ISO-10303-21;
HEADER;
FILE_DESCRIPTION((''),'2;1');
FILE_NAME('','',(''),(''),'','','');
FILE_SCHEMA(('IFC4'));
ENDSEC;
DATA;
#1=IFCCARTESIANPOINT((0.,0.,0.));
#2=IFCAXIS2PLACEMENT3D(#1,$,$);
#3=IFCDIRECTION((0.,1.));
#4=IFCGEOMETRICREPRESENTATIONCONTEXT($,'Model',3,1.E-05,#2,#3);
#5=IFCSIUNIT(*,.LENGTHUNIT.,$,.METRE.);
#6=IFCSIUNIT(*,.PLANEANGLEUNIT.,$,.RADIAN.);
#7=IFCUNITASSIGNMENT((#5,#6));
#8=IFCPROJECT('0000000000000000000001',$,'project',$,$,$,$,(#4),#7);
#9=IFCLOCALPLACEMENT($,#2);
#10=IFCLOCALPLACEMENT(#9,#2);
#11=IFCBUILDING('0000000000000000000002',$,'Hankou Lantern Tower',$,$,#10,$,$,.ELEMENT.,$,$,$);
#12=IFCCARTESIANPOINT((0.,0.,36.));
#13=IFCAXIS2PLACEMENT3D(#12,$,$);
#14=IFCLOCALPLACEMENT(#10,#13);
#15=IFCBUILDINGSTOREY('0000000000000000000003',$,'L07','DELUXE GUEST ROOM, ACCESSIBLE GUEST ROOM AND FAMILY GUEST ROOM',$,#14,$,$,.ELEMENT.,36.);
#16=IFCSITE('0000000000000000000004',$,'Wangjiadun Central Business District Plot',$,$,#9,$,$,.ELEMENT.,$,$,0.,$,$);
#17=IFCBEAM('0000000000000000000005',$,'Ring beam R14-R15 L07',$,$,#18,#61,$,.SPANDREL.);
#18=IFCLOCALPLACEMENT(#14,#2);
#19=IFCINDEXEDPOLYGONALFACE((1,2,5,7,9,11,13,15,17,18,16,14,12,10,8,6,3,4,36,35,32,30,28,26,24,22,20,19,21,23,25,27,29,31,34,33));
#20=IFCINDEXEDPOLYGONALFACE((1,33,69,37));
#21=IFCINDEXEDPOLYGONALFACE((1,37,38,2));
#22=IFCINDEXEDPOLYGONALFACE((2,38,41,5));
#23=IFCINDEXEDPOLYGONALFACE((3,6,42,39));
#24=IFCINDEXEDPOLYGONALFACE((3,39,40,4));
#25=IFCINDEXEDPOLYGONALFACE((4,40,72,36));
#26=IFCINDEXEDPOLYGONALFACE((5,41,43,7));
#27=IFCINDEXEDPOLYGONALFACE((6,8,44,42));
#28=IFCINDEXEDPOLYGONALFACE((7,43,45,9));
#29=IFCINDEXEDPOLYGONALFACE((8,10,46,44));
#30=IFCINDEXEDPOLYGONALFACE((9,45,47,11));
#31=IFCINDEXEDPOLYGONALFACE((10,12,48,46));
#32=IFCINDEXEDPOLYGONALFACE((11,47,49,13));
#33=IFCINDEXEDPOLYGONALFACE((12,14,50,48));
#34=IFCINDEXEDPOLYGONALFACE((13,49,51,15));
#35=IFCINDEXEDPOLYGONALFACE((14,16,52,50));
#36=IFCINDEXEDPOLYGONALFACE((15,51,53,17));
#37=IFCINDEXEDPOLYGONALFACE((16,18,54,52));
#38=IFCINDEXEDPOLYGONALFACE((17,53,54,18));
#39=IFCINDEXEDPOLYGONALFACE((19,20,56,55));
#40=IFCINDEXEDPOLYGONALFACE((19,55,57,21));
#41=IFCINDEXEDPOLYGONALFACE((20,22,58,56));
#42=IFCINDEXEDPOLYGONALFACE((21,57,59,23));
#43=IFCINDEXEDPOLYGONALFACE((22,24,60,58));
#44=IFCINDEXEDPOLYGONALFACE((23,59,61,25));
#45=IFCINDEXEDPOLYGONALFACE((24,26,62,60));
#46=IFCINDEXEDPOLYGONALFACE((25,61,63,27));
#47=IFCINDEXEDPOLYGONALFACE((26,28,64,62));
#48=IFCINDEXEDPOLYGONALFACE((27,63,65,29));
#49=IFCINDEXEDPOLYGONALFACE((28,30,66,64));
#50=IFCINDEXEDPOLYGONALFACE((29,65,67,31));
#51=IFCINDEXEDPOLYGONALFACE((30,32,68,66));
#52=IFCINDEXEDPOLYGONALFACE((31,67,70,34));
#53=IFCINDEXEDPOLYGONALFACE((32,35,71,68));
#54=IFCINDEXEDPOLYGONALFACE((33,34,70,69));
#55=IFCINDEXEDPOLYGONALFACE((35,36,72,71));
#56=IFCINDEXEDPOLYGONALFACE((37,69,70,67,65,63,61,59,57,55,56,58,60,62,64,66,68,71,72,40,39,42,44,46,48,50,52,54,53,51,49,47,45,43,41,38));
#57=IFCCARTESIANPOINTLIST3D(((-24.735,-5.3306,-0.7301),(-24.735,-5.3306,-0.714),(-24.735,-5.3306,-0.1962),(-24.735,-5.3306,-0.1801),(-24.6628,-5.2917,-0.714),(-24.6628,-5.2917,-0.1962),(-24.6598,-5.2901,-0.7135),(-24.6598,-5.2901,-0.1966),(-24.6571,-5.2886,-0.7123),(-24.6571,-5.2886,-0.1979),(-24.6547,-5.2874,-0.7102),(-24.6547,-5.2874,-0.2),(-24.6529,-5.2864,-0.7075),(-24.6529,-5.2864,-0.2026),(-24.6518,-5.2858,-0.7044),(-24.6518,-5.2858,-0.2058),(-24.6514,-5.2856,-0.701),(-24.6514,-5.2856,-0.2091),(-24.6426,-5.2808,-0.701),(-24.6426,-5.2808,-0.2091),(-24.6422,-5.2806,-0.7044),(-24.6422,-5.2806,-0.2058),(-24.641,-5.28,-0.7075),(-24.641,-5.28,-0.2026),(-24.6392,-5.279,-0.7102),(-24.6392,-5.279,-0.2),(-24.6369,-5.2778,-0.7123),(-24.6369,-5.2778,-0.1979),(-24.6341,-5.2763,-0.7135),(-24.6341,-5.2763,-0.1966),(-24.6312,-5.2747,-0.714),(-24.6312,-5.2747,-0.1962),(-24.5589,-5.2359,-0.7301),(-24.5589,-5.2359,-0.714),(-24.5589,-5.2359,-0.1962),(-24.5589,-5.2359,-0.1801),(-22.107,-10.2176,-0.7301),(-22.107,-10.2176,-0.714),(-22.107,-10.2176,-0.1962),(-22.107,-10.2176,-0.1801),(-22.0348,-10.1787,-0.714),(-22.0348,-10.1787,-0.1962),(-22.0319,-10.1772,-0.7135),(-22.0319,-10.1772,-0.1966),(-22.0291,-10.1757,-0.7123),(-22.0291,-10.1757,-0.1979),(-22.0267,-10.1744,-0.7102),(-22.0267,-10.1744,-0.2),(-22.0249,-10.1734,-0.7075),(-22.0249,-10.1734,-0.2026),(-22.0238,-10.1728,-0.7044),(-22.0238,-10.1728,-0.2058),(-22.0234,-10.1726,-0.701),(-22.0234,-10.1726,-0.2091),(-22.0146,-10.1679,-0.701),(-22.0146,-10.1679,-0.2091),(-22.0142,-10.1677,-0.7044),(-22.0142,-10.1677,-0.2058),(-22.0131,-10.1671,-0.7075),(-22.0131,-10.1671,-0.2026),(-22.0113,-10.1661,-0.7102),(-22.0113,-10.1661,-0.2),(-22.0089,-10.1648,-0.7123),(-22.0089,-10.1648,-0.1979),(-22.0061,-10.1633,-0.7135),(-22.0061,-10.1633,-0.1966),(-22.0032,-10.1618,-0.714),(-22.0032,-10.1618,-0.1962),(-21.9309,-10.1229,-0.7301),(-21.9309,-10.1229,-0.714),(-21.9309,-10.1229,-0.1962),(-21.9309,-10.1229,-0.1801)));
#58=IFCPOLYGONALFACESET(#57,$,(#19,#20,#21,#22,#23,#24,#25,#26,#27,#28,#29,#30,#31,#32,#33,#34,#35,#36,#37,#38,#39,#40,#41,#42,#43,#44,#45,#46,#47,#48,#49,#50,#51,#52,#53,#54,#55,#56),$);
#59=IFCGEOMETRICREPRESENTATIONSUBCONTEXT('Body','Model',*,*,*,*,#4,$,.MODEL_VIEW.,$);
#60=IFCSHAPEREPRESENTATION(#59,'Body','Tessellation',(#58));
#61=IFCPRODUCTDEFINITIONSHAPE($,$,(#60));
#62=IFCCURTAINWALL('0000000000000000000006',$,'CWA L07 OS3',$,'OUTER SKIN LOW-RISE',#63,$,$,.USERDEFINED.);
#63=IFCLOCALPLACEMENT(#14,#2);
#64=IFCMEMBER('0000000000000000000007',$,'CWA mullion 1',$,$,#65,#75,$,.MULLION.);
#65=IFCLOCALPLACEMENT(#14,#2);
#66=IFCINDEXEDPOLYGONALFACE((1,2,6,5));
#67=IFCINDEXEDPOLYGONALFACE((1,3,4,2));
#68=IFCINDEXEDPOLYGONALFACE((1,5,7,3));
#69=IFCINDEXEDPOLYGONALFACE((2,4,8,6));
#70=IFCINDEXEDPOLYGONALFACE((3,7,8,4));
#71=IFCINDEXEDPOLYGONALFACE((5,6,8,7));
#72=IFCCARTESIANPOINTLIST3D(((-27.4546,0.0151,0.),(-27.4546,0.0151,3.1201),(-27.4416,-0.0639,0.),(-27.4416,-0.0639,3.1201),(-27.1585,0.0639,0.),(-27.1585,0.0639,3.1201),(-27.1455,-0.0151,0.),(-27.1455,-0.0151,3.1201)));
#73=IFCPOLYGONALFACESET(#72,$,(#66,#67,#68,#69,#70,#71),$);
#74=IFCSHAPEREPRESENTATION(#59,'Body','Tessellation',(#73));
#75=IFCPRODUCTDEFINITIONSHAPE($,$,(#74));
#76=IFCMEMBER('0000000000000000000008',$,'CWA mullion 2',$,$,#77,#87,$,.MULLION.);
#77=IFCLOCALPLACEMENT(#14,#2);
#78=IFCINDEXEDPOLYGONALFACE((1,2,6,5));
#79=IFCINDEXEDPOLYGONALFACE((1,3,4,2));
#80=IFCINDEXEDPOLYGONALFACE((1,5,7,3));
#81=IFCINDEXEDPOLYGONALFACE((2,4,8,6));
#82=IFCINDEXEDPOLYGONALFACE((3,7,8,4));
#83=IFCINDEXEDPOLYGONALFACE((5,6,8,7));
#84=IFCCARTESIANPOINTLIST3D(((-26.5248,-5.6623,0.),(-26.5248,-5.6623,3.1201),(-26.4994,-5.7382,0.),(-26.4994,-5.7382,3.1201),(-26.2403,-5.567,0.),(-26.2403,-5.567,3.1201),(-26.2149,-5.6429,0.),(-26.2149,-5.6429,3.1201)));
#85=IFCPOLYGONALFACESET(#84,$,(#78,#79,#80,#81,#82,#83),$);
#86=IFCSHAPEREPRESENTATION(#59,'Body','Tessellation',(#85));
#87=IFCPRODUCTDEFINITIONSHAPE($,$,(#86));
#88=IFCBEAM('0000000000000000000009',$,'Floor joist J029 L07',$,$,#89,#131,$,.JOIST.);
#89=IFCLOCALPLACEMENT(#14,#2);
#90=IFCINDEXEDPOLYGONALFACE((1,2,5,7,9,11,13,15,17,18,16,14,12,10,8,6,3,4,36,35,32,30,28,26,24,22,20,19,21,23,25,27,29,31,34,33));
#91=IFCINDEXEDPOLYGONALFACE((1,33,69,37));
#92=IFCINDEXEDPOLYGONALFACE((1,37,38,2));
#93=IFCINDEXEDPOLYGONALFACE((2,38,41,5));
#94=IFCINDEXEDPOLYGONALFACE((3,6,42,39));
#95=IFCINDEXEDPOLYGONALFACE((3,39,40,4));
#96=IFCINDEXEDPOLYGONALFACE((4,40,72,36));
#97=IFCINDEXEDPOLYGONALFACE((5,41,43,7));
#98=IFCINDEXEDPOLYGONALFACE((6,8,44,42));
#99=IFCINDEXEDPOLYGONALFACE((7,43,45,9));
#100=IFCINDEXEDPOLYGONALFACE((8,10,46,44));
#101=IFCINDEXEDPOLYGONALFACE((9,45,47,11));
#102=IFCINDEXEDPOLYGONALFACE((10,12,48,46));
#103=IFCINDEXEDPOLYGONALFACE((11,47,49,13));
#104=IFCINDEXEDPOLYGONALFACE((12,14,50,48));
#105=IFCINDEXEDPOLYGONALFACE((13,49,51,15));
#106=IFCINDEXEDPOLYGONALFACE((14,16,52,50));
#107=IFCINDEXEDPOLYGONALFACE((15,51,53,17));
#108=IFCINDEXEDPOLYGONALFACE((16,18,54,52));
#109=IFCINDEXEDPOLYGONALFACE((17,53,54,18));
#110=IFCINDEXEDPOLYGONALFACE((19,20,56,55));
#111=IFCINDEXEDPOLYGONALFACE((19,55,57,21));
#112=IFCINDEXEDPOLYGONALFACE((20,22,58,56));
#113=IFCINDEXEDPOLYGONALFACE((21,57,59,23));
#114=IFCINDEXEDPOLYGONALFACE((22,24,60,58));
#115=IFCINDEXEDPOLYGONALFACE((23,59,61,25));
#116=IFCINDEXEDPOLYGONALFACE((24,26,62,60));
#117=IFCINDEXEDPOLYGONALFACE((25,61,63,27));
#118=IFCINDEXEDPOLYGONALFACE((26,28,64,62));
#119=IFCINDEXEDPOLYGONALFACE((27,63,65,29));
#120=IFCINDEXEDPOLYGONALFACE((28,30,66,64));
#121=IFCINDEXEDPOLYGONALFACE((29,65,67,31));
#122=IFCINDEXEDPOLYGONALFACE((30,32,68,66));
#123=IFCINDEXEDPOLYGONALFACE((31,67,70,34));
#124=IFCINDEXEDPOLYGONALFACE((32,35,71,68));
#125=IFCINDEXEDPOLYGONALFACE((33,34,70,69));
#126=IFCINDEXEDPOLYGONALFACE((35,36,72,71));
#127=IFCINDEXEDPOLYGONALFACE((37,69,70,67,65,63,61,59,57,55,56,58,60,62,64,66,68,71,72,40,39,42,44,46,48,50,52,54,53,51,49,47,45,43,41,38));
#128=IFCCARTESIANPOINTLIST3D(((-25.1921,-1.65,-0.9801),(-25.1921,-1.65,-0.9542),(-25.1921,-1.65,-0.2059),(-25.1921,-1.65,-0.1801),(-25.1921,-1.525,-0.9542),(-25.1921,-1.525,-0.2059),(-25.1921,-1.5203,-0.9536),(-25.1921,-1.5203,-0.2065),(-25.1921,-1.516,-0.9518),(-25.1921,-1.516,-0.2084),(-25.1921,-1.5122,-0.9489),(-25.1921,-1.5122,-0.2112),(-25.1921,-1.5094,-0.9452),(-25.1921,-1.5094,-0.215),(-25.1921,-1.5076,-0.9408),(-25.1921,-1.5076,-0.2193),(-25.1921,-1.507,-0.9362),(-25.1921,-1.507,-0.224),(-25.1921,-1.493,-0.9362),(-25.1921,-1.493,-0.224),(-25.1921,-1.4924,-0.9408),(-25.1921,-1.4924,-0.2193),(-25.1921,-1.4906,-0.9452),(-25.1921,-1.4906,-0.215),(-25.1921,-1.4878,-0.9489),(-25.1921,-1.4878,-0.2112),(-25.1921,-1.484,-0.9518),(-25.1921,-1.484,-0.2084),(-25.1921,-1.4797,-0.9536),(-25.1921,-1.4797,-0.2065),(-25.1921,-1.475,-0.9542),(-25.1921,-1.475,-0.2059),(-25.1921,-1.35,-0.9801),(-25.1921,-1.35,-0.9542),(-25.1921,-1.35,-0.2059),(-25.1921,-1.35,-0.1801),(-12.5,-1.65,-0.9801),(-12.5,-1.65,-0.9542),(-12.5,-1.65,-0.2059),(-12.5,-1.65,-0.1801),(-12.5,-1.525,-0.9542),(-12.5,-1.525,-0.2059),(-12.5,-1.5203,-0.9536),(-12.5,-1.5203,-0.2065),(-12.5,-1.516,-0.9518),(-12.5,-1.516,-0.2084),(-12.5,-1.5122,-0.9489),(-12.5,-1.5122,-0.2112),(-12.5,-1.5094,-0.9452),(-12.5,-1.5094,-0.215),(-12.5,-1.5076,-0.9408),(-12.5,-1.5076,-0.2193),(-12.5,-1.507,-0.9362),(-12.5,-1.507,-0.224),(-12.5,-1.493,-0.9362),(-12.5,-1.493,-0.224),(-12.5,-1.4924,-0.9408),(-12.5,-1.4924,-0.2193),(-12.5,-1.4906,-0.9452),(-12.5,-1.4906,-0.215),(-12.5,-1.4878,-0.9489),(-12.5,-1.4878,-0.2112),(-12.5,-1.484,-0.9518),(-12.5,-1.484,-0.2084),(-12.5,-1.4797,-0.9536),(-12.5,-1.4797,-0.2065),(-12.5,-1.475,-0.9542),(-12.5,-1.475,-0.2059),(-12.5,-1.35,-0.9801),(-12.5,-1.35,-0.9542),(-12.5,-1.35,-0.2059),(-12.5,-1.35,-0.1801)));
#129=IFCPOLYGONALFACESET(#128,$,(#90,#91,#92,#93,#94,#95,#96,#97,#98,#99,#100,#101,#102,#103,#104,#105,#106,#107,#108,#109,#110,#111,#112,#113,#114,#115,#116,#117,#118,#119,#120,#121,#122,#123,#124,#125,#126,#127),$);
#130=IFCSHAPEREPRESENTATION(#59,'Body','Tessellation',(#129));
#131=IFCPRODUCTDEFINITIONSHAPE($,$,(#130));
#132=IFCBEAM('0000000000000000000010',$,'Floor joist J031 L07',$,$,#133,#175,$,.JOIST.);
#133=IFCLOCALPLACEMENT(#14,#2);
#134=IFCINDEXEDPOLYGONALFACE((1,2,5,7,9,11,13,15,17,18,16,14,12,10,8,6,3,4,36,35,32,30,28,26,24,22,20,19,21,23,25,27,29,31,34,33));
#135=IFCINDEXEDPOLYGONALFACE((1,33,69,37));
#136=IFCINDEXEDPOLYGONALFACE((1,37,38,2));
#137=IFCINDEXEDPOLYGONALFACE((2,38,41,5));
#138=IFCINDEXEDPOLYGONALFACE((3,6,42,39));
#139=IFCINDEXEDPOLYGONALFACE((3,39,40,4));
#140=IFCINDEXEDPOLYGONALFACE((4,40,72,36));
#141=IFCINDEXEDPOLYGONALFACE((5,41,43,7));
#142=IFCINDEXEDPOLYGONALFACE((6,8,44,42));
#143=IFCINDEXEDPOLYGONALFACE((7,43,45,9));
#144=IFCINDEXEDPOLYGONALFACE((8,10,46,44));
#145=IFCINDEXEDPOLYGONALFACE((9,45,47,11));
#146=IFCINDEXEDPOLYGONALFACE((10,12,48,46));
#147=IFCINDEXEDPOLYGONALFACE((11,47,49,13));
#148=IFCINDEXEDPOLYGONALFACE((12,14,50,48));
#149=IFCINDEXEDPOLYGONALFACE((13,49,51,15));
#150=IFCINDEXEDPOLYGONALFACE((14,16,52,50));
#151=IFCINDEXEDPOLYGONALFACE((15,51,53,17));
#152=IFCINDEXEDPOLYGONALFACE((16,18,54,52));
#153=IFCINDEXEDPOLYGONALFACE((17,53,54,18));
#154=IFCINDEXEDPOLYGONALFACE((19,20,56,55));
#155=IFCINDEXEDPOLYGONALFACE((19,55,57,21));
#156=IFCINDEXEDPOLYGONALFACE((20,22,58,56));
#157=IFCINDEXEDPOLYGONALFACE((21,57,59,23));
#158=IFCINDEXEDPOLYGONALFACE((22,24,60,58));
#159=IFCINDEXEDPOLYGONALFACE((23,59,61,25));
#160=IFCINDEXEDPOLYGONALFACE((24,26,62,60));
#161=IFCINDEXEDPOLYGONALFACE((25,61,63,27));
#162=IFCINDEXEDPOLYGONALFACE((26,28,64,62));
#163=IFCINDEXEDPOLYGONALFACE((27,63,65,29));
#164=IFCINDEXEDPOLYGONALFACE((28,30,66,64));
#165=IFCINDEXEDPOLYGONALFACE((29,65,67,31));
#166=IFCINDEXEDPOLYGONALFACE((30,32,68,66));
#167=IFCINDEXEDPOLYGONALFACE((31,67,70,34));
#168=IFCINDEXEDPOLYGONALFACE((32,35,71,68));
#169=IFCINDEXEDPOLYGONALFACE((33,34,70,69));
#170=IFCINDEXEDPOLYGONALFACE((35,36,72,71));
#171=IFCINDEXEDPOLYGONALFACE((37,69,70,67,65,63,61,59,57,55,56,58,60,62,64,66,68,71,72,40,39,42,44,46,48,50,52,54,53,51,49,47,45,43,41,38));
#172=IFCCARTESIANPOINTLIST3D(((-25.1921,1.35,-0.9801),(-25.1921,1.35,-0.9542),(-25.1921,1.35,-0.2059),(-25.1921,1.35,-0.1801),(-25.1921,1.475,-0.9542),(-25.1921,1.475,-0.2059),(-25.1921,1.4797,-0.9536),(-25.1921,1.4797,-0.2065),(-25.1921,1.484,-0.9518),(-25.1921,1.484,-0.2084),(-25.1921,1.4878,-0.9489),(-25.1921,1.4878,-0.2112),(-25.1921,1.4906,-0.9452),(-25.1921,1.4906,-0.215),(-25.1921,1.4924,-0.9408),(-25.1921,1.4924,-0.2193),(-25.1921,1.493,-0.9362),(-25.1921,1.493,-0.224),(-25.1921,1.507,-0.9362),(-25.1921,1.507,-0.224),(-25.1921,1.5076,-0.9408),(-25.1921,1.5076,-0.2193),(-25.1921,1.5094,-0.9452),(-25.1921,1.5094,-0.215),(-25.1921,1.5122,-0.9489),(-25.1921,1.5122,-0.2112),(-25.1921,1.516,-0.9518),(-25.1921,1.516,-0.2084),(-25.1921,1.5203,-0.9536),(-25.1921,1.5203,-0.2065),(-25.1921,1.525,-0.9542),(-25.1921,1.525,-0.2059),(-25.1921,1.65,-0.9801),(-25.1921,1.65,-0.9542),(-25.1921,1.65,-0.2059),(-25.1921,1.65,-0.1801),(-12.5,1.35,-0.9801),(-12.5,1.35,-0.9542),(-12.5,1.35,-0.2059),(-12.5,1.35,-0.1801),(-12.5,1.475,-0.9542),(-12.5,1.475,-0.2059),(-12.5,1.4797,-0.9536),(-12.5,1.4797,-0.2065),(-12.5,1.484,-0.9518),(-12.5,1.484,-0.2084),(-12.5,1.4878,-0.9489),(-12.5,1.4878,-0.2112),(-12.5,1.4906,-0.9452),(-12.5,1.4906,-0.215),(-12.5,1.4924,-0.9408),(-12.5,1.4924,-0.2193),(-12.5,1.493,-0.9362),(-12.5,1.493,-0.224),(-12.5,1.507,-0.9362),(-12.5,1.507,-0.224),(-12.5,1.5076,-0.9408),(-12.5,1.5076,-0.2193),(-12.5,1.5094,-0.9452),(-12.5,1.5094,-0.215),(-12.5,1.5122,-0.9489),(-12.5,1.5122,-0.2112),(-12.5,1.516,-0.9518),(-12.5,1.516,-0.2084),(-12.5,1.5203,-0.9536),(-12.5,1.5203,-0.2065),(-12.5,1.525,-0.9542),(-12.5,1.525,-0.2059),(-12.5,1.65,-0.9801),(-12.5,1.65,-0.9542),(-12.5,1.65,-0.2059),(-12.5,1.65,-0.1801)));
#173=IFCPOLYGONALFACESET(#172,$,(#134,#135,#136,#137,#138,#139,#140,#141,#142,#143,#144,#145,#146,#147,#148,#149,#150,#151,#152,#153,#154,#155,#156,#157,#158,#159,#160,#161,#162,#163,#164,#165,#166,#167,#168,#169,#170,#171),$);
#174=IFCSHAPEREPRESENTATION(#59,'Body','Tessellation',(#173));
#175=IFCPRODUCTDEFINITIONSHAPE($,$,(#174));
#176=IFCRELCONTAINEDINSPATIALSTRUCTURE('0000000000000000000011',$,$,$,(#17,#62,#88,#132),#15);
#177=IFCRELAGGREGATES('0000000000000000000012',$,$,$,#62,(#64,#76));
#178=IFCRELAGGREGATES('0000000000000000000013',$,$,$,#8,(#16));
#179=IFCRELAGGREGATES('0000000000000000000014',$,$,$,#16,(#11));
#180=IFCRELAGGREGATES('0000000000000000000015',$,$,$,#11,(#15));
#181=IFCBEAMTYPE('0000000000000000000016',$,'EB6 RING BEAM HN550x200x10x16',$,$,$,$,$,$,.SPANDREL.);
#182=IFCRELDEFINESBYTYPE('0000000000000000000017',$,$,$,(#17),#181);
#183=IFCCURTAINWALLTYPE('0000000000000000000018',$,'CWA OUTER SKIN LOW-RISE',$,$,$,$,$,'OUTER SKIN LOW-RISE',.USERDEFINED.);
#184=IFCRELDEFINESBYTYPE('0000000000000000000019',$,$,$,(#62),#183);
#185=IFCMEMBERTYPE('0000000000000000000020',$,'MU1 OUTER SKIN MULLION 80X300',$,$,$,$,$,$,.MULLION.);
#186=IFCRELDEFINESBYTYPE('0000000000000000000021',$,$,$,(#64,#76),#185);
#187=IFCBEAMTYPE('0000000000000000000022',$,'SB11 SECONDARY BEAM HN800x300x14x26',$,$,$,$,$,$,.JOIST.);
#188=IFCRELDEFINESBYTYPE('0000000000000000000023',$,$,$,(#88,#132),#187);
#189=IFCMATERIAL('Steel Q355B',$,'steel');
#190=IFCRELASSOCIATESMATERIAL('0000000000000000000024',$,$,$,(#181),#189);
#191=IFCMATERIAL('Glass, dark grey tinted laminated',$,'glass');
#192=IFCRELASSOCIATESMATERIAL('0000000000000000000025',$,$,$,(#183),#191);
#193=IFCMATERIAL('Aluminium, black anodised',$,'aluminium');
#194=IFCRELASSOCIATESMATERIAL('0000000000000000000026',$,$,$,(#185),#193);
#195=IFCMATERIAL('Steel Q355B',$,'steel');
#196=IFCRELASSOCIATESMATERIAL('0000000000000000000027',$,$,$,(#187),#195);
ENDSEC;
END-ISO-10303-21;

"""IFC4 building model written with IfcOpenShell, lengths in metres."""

from ifc_helpers import new_model, si_unit, direction, frame, origin, origin_2d, place, context, subcontext, project, spatial, rectangle, i_section, extrude, material, material_profile, profile_set, type_object, element, aggregate, save


model = new_model("IFC4")

# Units and contexts
model_context = context("Model", 3, precision=1e-05, world=origin(), true_north=direction((0.0, 1.0)))
body_context = subcontext(model_context, "Body", "Model", "MODEL_VIEW")
ifc_project = project(units=[si_unit("LENGTHUNIT", "METRE"), si_unit("PLANEANGLEUNIT", "RADIAN")], contexts=[model_context])

# Site, building, storey
site_placement = place(None, origin())
site = spatial("IfcSite", under=ifc_project, at=site_placement, Name="Wangjiadun Central Business District Plot", CompositionType="ELEMENT", RefElevation=0.0)
building_placement = place(site_placement, origin())
building = spatial("IfcBuilding", under=site, at=building_placement, Name="Hankou Lantern Tower", CompositionType="ELEMENT")
storey_placement = place(building_placement, frame((0.0, 0.0, 36.0)))
storey = spatial("IfcBuildingStorey", under=building, at=storey_placement, Name="L07", Description="DELUXE GUEST ROOM, ACCESSIBLE GUEST ROOM AND FAMILY GUEST ROOM", CompositionType="ELEMENT", Elevation=36.0)

# Beam
ifc_material_1 = material(Name="Steel Q355B", Category="steel")
ifc_material_profile_1 = material_profile(ifc_material_1, i_section(OverallWidth=0.2, OverallDepth=0.55, WebThickness=0.01, FlangeThickness=0.0161, FilletRadius=0.0129, at=origin_2d()), Name="HN550x200x10x16")
ifc_profile_set_1 = profile_set([ifc_material_profile_1], Name="Steel Q355B")
beam_type_1 = type_object("IfcBeamType", Name="EB6 RING BEAM HN550x200x10x16", PredefinedType="SPANDREL", material=ifc_profile_set_1)
beam_1_placement = place(storey_placement, frame((-24.647, -5.2832, -0.4551), z_axis=(0.473609, -0.880735, 0.0), x_axis=(0.880735, 0.473609, 0.0)))
element("IfcBeam", 1, at=beam_1_placement, inside=storey, type_object=beam_type_1, Name="Ring beam R14-R15 L07", PredefinedType="SPANDREL", context=body_context, shape_type="SweptSolid", body=[
    extrude(i_section(OverallWidth=0.2, OverallDepth=0.55, WebThickness=0.01, FlangeThickness=0.0161, FilletRadius=0.0129, at=origin_2d()), origin(), (0.0, 0.0, 1.0), 5.5488),
])

# Curtain wall, members
ifc_material_2 = material(Name="Glass, dark grey tinted laminated", Category="glass")
curtain_wall_type = type_object("IfcCurtainWallType", Name="CWA OUTER SKIN LOW-RISE", ElementType="OUTER SKIN LOW-RISE", PredefinedType="USERDEFINED", material=ifc_material_2)
curtain_wall_1_placement = place(storey_placement, origin())
curtain_wall_1 = element("IfcCurtainWall", 2, at=curtain_wall_1_placement, inside=storey, type_object=curtain_wall_type, Name="CWA L07 OS3", ObjectType="OUTER SKIN LOW-RISE", PredefinedType="USERDEFINED")
ifc_material_3 = material(Name="Aluminium, black anodised", Category="aluminium")
ifc_material_profile_2 = material_profile(ifc_material_3, rectangle(XDim=0.0801, YDim=0.3, at=origin_2d()), Name="MU1 80X300")
ifc_profile_set_2 = profile_set([ifc_material_profile_2], Name="Aluminium, black anodised")
member_type_1 = type_object("IfcMemberType", Name="MU1 OUTER SKIN MULLION 80X300", PredefinedType="MULLION", material=ifc_profile_set_2)
member_1_placement = place(storey_placement, frame((-27.3, 0.0, 0.0), z_axis=(0.0, 0.0, 1.0), x_axis=(0.162382, -0.986728, 0.0)))
member_1 = element("IfcMember", 3, at=member_1_placement, type_object=member_type_1, Name="CWA mullion 1", PredefinedType="MULLION", context=body_context, shape_type="SweptSolid", body=[
    extrude(rectangle(XDim=0.0801, YDim=0.3, at=origin_2d()), origin(), (0.0, 0.0, 1.0), 3.1201),
])
member_2_placement = place(storey_placement, frame((-26.3699, -5.6526, 0.0), z_axis=(0.0, 0.0, 1.0), x_axis=(0.317596, -0.948226, 0.0)))
member_2 = element("IfcMember", 4, at=member_2_placement, type_object=member_type_1, Name="CWA mullion 2", PredefinedType="MULLION", context=body_context, shape_type="SweptSolid", body=[
    extrude(rectangle(XDim=0.0801, YDim=0.3, at=origin_2d()), origin(), (0.0, 0.0, 1.0), 3.1201),
])

# Beams
ifc_material_4 = material(Name="Steel Q355B", Category="steel")
ifc_material_profile_3 = material_profile(ifc_material_4, i_section(OverallWidth=0.3, OverallDepth=0.8, WebThickness=0.0139, FlangeThickness=0.0259, FilletRadius=0.0181, at=origin_2d()), Name="HN800x300x14x26")
ifc_profile_set_3 = profile_set([ifc_material_profile_3], Name="Steel Q355B")
beam_type_2 = type_object("IfcBeamType", Name="SB11 SECONDARY BEAM HN800x300x14x26", PredefinedType="JOIST", material=ifc_profile_set_3)
for number, where, z_axis, x_axis, name in (
    (5, (-25.1921, -1.5, -0.5801), (1.0, 0.0, 0.0), (0.0, 1.0, 0.0), "Floor joist J029 L07"),
    (6, (-25.1921, 1.5, -0.5801), (1.0, 0.0, 0.0), (0.0, 1.0, 0.0), "Floor joist J031 L07"),
):
    element("IfcBeam", number, at=place(storey_placement, frame(where, z_axis=z_axis, x_axis=x_axis)), inside=storey, type_object=beam_type_2, Name=name, PredefinedType="JOIST", context=body_context, shape_type="SweptSolid", body=[
        extrude(i_section(OverallWidth=0.3, OverallDepth=0.8, WebThickness=0.0139, FlangeThickness=0.0259, FilletRadius=0.0181, at=origin_2d()), origin(), (0.0, 0.0, 1.0), 12.6921),
    ])

aggregate(curtain_wall_1, [member_1, member_2])

save(model, "model.ifc")
